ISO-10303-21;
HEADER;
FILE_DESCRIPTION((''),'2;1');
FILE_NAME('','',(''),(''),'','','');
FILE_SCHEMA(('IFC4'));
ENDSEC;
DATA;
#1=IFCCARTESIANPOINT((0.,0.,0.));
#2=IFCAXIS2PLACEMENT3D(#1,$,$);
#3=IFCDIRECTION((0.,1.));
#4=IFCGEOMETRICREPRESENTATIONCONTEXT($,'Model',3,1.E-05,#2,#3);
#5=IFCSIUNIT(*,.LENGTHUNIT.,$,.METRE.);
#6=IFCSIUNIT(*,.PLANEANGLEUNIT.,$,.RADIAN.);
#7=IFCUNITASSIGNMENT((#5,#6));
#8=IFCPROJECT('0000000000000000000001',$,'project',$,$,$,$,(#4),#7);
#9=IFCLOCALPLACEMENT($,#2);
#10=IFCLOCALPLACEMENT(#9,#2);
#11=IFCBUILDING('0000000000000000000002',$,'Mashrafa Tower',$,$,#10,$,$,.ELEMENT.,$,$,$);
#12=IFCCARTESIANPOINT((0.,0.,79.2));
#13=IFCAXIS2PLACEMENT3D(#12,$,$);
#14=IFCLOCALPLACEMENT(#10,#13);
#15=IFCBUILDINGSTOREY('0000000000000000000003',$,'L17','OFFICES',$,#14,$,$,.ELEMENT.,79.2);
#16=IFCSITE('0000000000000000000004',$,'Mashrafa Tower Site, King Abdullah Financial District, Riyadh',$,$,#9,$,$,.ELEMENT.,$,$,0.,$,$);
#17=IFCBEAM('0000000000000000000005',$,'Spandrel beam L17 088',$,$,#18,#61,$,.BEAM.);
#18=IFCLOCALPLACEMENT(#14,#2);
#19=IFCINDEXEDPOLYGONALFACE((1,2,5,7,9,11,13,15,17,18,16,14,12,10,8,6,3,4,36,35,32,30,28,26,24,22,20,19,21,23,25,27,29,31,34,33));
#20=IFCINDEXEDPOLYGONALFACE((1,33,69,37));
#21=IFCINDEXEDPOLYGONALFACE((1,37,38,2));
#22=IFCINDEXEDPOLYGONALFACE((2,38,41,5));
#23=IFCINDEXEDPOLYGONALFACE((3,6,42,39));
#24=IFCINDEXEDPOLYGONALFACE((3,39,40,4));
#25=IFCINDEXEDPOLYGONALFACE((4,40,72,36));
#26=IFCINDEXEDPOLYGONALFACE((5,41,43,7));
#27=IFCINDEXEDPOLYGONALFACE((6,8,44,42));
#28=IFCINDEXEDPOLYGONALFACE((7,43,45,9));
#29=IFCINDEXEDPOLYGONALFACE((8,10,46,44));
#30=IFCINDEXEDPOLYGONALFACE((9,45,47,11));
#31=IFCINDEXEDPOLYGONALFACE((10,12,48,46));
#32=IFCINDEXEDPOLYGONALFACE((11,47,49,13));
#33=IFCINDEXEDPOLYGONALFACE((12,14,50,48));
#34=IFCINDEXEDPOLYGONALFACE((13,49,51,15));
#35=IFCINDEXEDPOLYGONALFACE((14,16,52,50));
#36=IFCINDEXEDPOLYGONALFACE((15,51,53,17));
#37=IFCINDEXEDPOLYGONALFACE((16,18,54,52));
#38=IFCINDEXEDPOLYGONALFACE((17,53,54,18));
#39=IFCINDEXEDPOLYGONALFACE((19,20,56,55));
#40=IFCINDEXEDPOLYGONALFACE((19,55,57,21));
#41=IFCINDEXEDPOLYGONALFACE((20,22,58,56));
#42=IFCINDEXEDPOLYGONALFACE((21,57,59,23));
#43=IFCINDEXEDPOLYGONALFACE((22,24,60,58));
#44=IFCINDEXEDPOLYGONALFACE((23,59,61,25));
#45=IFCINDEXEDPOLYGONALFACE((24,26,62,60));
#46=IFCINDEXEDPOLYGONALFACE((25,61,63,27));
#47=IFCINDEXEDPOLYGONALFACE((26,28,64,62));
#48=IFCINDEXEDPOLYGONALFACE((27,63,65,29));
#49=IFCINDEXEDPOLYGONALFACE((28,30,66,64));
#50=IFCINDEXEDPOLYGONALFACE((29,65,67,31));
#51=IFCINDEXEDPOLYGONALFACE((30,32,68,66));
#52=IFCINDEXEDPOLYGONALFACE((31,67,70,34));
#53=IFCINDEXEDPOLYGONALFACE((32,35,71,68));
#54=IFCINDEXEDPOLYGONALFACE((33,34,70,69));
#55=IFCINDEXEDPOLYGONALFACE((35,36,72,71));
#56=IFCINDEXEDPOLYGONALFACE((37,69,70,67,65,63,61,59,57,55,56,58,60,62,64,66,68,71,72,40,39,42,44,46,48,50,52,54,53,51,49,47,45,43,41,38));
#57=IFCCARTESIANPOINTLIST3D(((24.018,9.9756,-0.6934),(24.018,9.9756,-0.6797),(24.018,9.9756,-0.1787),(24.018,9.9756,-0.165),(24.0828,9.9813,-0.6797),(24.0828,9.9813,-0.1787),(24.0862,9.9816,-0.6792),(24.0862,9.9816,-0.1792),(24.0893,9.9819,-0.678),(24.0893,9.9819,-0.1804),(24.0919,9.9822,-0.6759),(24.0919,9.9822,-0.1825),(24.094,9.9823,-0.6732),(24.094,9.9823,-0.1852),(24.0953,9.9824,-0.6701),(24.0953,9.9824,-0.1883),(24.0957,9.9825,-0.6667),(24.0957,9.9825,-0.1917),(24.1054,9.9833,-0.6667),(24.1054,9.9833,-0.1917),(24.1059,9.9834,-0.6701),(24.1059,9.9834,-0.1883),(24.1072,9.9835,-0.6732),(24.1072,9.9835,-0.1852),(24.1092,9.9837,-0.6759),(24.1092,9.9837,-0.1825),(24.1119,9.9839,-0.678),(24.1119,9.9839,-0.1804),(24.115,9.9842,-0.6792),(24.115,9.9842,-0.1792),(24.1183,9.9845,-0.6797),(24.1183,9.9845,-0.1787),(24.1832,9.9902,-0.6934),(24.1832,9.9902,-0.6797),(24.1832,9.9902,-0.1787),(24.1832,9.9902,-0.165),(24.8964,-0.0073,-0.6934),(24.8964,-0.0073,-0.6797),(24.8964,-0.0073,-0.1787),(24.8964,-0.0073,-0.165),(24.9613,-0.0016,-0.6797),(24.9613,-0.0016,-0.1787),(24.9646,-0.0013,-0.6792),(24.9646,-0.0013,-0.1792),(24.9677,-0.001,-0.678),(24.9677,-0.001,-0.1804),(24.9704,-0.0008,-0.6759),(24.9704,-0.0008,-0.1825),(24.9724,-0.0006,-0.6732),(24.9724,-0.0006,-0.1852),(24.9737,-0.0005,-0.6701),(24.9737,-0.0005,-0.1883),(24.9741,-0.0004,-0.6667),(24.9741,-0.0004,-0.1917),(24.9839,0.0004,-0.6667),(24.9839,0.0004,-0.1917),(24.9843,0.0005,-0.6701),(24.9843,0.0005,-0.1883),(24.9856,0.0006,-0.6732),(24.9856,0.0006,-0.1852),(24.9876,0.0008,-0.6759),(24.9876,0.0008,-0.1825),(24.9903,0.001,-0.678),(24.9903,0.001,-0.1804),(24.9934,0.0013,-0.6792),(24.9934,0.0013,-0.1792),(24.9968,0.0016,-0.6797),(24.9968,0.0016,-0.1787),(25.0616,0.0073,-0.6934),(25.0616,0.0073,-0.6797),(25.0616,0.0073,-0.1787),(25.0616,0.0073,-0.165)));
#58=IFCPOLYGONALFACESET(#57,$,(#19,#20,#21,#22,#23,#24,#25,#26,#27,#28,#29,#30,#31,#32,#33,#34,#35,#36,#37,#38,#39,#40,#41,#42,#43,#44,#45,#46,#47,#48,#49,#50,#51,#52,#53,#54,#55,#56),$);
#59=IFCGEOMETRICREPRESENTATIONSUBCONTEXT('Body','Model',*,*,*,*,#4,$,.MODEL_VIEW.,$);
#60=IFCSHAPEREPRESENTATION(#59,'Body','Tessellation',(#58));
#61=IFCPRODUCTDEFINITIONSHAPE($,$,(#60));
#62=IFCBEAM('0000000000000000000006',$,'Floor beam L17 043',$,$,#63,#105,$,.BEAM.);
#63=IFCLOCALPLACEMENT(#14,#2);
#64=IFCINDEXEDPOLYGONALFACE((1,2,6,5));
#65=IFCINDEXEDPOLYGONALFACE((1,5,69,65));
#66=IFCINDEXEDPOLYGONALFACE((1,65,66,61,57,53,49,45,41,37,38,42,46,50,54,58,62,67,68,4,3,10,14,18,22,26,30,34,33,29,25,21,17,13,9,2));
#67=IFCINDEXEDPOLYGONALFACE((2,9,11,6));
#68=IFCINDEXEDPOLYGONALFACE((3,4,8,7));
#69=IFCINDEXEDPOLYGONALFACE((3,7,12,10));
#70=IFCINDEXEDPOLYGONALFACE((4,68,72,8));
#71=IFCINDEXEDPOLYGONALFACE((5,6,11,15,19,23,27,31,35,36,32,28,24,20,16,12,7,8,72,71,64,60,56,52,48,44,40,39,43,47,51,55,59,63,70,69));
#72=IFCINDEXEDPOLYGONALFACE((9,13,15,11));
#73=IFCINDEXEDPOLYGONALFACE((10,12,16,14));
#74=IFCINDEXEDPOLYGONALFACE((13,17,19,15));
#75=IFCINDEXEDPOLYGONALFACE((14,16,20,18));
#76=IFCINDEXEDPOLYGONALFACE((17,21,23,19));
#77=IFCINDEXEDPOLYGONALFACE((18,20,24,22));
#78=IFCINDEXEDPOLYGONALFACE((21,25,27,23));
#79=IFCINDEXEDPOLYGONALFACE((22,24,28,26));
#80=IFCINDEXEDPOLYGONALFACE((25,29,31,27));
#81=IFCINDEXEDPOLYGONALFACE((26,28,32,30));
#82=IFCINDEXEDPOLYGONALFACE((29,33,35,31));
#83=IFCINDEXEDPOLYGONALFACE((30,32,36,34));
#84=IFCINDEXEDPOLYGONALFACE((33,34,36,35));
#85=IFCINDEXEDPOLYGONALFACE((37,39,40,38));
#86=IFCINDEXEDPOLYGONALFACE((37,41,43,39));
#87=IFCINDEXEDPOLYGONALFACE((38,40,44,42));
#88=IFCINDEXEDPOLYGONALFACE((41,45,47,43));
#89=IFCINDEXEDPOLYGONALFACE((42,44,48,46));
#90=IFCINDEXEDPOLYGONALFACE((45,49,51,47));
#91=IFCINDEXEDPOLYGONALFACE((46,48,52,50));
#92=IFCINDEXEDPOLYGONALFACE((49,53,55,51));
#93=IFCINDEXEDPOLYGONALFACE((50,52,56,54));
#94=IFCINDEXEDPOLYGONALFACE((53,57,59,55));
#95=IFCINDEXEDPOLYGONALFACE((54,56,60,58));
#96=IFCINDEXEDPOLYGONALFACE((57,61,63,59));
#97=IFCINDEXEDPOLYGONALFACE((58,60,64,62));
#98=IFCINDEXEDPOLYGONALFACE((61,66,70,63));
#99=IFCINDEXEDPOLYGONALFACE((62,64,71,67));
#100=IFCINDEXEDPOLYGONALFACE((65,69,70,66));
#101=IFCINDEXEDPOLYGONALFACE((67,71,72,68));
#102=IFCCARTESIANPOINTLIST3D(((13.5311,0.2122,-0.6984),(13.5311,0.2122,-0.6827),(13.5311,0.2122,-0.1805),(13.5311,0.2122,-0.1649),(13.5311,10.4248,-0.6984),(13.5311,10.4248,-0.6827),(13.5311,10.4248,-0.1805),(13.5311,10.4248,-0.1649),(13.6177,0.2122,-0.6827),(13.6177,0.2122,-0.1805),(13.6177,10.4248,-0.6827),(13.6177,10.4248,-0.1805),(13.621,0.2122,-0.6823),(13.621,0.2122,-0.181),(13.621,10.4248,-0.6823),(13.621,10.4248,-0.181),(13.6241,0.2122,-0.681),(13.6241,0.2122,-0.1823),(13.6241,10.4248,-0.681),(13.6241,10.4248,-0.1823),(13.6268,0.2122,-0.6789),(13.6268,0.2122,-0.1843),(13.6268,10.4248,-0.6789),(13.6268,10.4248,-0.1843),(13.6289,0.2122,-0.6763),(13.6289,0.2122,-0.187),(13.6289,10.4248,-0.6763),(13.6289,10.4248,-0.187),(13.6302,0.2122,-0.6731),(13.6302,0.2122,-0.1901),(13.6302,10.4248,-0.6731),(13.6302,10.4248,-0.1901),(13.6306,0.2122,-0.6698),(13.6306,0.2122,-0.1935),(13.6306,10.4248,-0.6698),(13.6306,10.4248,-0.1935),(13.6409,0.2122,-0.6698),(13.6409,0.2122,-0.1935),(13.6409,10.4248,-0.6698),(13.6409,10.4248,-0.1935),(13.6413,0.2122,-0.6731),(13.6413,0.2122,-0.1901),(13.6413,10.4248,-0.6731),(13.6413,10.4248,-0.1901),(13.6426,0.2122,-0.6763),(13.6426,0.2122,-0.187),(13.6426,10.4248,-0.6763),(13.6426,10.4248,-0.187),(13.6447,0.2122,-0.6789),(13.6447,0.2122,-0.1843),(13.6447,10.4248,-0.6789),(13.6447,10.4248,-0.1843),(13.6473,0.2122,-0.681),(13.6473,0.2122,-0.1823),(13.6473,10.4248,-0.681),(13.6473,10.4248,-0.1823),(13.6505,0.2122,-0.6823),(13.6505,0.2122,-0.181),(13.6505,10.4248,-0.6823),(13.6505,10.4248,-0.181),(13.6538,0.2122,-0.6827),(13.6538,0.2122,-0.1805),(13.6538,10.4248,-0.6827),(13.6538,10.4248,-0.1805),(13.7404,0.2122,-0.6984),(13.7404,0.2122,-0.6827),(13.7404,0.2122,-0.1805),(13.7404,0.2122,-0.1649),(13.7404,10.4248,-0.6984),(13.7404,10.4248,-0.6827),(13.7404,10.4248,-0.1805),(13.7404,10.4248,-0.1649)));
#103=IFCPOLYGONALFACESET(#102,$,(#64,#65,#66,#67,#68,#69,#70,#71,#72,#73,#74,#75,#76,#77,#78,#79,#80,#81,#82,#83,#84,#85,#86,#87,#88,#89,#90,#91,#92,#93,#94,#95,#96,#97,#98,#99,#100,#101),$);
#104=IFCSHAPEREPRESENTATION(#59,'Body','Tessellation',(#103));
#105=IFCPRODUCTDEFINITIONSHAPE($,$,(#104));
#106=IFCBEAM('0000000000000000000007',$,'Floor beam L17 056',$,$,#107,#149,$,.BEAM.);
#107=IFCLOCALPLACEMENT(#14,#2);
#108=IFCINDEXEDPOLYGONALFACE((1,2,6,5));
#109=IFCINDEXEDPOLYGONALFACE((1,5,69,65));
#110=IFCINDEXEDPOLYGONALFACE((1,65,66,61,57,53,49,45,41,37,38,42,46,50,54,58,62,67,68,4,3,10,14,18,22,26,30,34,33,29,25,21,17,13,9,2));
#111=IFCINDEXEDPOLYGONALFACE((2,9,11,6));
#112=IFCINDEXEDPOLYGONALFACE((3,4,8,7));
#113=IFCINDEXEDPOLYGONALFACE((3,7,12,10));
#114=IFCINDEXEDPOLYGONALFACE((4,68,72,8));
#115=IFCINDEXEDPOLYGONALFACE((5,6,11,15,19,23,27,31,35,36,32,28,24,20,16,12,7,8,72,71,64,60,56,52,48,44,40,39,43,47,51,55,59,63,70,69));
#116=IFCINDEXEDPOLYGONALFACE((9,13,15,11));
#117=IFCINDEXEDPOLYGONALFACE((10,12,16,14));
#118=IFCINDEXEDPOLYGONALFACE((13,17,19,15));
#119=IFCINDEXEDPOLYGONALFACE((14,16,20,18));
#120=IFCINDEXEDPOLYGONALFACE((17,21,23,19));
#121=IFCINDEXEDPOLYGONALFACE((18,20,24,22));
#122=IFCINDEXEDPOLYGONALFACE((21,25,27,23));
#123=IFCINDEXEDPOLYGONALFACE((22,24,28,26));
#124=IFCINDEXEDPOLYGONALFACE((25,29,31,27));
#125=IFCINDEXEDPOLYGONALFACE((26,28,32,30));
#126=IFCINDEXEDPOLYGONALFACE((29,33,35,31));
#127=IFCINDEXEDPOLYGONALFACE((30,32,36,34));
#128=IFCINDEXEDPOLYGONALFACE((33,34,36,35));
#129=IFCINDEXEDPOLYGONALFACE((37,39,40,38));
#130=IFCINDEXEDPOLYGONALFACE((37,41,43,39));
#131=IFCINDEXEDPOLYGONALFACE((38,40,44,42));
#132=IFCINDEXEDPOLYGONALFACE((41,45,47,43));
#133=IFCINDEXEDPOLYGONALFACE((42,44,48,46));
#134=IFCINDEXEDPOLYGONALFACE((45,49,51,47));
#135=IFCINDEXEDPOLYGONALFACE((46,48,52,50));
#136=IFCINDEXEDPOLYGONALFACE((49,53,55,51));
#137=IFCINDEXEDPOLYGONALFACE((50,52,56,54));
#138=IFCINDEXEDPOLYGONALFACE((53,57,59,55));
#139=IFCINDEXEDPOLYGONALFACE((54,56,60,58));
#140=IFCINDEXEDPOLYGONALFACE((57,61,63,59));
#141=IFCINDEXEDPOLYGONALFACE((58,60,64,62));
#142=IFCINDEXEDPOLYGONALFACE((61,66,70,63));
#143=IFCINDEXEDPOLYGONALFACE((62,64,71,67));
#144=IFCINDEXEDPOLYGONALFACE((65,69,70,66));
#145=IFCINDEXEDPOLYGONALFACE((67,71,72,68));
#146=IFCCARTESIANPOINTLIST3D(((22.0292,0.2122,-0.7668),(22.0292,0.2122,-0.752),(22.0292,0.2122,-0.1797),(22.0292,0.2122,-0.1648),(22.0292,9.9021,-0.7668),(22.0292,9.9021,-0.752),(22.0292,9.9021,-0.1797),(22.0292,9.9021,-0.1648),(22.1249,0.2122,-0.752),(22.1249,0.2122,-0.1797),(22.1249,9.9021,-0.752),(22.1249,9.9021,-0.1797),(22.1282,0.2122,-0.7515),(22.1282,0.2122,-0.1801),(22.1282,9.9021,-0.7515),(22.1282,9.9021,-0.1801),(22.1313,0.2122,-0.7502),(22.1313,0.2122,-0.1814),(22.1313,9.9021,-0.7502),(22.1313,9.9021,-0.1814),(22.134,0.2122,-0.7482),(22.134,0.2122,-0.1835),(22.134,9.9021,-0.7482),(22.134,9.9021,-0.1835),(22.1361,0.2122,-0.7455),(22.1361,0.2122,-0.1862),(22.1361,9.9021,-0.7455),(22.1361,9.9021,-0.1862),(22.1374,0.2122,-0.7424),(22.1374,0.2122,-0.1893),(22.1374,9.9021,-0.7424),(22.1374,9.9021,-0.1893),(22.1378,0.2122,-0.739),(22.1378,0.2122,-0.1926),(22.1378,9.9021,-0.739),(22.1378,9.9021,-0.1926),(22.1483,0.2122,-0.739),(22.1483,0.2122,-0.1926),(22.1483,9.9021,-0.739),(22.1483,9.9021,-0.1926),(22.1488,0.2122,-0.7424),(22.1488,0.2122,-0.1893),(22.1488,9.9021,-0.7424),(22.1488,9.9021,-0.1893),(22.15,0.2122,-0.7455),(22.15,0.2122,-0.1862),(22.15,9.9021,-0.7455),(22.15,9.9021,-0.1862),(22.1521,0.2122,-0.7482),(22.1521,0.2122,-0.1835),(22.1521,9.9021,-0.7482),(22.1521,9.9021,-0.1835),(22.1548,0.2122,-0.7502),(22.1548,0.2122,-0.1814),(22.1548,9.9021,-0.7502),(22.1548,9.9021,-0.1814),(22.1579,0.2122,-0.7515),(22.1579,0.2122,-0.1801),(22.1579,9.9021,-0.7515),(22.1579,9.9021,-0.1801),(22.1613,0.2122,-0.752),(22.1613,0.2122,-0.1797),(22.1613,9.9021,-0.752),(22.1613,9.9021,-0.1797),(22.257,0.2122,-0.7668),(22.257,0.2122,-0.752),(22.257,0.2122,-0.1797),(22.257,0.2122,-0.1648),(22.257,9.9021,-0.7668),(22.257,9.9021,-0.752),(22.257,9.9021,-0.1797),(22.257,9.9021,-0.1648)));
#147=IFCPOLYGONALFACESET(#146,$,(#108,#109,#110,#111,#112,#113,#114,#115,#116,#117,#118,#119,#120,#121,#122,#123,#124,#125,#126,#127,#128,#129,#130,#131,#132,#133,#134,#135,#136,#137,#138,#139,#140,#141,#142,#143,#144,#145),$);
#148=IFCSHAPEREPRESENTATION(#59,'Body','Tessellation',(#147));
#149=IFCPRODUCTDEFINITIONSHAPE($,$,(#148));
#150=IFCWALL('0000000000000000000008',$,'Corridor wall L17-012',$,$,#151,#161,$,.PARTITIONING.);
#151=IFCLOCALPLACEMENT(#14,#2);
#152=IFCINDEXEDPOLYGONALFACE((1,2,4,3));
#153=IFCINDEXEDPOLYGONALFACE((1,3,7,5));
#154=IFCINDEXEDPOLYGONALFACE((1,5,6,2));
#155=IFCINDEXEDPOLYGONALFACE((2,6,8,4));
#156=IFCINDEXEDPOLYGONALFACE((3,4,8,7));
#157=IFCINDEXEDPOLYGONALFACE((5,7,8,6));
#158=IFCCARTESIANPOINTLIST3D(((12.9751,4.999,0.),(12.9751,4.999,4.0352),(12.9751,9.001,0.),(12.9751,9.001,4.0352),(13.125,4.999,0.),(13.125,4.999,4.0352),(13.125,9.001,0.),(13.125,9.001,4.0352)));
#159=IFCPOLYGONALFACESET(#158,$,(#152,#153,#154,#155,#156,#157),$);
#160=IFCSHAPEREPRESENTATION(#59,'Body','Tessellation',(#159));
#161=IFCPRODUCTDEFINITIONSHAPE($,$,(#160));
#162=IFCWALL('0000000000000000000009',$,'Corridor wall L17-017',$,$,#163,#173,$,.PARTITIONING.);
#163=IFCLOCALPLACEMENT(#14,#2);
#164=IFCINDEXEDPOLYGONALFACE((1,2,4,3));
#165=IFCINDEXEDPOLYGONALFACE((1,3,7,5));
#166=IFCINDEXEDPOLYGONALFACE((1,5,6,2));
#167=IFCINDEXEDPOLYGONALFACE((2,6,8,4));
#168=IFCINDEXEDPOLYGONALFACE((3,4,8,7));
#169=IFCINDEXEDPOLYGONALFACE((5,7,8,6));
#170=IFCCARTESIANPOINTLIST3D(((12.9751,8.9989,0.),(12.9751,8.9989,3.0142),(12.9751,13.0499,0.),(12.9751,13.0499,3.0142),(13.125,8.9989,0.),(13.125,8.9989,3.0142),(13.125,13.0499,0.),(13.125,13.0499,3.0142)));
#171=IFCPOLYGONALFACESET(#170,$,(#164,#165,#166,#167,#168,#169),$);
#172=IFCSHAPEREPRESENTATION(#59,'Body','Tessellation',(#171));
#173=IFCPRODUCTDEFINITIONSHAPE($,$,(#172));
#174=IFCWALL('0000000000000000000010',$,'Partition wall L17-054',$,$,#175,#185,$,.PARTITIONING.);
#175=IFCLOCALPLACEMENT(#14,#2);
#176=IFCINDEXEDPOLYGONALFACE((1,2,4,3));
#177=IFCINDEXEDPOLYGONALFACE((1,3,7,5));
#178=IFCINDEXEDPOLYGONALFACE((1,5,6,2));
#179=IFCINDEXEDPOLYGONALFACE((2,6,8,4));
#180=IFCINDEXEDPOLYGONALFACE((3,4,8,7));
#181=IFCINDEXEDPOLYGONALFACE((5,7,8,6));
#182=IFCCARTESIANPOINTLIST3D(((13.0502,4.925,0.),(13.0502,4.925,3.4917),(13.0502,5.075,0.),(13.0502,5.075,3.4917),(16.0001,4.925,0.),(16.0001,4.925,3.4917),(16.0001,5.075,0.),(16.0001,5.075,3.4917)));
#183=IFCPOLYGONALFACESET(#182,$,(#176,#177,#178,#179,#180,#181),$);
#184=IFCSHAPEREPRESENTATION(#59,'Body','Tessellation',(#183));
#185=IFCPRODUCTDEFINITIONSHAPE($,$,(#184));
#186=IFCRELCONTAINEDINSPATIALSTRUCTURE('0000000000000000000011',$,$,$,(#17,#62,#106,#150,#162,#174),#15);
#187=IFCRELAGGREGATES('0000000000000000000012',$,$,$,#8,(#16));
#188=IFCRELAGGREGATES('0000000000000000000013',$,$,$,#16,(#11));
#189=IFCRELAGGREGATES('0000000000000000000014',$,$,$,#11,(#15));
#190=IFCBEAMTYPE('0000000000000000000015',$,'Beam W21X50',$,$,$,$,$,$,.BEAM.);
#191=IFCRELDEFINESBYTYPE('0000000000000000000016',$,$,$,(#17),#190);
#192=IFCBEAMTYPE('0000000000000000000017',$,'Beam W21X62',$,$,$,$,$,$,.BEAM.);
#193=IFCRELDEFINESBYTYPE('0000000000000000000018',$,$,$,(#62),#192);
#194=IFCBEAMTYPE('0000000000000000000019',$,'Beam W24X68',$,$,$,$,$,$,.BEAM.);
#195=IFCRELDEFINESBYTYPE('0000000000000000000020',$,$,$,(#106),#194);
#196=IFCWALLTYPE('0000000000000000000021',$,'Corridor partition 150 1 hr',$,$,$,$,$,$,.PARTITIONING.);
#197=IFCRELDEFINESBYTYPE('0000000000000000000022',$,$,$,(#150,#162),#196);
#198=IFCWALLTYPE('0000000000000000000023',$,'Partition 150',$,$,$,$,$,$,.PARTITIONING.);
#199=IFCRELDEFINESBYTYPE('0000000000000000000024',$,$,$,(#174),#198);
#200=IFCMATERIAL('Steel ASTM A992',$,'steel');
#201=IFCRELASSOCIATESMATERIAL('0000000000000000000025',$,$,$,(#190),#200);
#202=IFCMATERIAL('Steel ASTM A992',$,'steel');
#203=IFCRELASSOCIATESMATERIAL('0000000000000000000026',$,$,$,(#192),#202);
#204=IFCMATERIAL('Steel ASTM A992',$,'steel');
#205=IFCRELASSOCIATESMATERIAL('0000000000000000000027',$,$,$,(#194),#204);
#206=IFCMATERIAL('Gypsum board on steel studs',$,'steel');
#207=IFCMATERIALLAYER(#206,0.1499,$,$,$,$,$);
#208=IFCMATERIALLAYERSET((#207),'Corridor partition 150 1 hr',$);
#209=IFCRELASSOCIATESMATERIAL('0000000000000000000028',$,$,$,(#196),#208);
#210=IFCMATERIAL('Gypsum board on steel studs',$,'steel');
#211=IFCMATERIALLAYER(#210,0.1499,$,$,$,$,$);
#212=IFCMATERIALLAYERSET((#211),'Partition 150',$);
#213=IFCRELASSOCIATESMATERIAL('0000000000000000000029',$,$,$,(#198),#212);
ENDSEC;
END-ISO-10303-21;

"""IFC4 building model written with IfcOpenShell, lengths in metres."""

from ifc_helpers import new_model, si_unit, direction, frame, frame_2d, origin, origin_2d, place, context, subcontext, project, spatial, rectangle, i_section, extrude, material, layer, layer_set, material_profile, profile_set, type_object, element, save


model = new_model("IFC4")

# Units and contexts
model_context = context("Model", 3, precision=1e-05, world=origin(), true_north=direction((0.0, 1.0)))
body_context = subcontext(model_context, "Body", "Model", "MODEL_VIEW")
ifc_project = project(units=[si_unit("LENGTHUNIT", "METRE"), si_unit("PLANEANGLEUNIT", "RADIAN")], contexts=[model_context])

# Site, building, storey
site_placement = place(None, origin())
site = spatial("IfcSite", under=ifc_project, at=site_placement, Name="Mashrafa Tower Site, King Abdullah Financial District, Riyadh", CompositionType="ELEMENT", RefElevation=0.0)
building_placement = place(site_placement, origin())
building = spatial("IfcBuilding", under=site, at=building_placement, Name="Mashrafa Tower", CompositionType="ELEMENT")
storey_placement = place(building_placement, frame((0.0, 0.0, 79.2)))
storey = spatial("IfcBuildingStorey", under=building, at=storey_placement, Name="L17", Description="OFFICES", CompositionType="ELEMENT", Elevation=79.2)

# Beams
ifc_material_1 = material(Name="Steel ASTM A992", Category="steel")
ifc_material_profile_1 = material_profile(ifc_material_1, i_section(OverallWidth=0.1658, OverallDepth=0.5283, WebThickness=0.0098, FlangeThickness=0.0137, FilletRadius=0.0129, at=origin_2d()), Name="W21X50")
ifc_profile_set_1 = profile_set([ifc_material_profile_1], Name="Steel ASTM A992")
beam_type_1 = type_object("IfcBeamType", Name="Beam W21X50", PredefinedType="BEAM", material=ifc_profile_set_1)
beam_1_placement = place(storey_placement, frame((24.979, 0.0, -0.4292), z_axis=(-0.087653, 0.996151, 0.0), x_axis=(-0.996151, -0.087653, 0.0)))
element("IfcBeam", 1, at=beam_1_placement, inside=storey, type_object=beam_type_1, Name="Spandrel beam L17 088", PredefinedType="BEAM", context=body_context, shape_type="SweptSolid", body=[
    extrude(i_section(OverallWidth=0.1658, OverallDepth=0.5283, WebThickness=0.0098, FlangeThickness=0.0137, FilletRadius=0.0129, at=origin_2d()), origin(), (0.0, 0.0, 1.0), 10.0215),
])
ifc_material_2 = material(Name="Steel ASTM A992", Category="steel")
ifc_material_profile_2 = material_profile(ifc_material_2, i_section(OverallWidth=0.2092, OverallDepth=0.5334, WebThickness=0.0103, FlangeThickness=0.0156, FilletRadius=0.0129, at=origin_2d()), Name="W21X62")
ifc_profile_set_2 = profile_set([ifc_material_profile_2], Name="Steel ASTM A992")
beam_type_2 = type_object("IfcBeamType", Name="Beam W21X62", PredefinedType="BEAM", material=ifc_profile_set_2)
beam_2_placement = place(storey_placement, frame((13.6357, 10.4248, -0.4316), z_axis=(0.0, -1.0, 0.0), x_axis=(1.0, 0.0, 0.0)))
element("IfcBeam", 2, at=beam_2_placement, inside=storey, type_object=beam_type_2, Name="Floor beam L17 043", PredefinedType="BEAM", context=body_context, shape_type="SweptSolid", body=[
    extrude(i_section(OverallWidth=0.2092, OverallDepth=0.5334, WebThickness=0.0103, FlangeThickness=0.0156, FilletRadius=0.0129, at=origin_2d()), origin(), (0.0, 0.0, 1.0), 10.2126),
])
ifc_material_3 = material(Name="Steel ASTM A992", Category="steel")
ifc_material_profile_3 = material_profile(ifc_material_3, i_section(OverallWidth=0.2278, OverallDepth=0.6021, WebThickness=0.0105, FlangeThickness=0.0149, FilletRadius=0.0129, at=origin_2d()), Name="W24X68")
ifc_profile_set_3 = profile_set([ifc_material_profile_3], Name="Steel ASTM A992")
beam_type_3 = type_object("IfcBeamType", Name="Beam W24X68", PredefinedType="BEAM", material=ifc_profile_set_3)
beam_3_placement = place(storey_placement, frame((22.1431, 9.9021, -0.4658), z_axis=(0.0, -1.0, 0.0), x_axis=(1.0, 0.0, 0.0)))
element("IfcBeam", 3, at=beam_3_placement, inside=storey, type_object=beam_type_3, Name="Floor beam L17 056", PredefinedType="BEAM", context=body_context, shape_type="SweptSolid", body=[
    extrude(i_section(OverallWidth=0.2278, OverallDepth=0.6021, WebThickness=0.0105, FlangeThickness=0.0149, FilletRadius=0.0129, at=origin_2d()), origin(), (0.0, 0.0, 1.0), 9.6899),
])

# Walls
ifc_material_4 = material(Name="Gypsum board on steel studs", Category="steel")
ifc_layer_1 = layer(ifc_material_4, 0.1499)
ifc_layer_set_1 = layer_set([ifc_layer_1], Name="Corridor partition 150 1 hr")
wall_type_1 = type_object("IfcWallType", Name="Corridor partition 150 1 hr", PredefinedType="PARTITIONING", material=ifc_layer_set_1)
wall_1_placement = place(storey_placement, frame((13.05, 4.999, 0.0), z_axis=(0.0, 0.0, 1.0), x_axis=(0.0, 1.0, 0.0)))
element("IfcWall", 4, at=wall_1_placement, inside=storey, type_object=wall_type_1, Name="Corridor wall L17-012", PredefinedType="PARTITIONING", context=body_context, shape_type="SweptSolid", body=[
    extrude(rectangle(XDim=4.002, YDim=0.1499, at=frame_2d((2.001, 0.0))), origin(), (0.0, 0.0, 1.0), 4.0352),
])
wall_2_placement = place(storey_placement, frame((13.05, 8.999, 0.0), z_axis=(0.0, 0.0, 1.0), x_axis=(0.0, 1.0, 0.0)))
element("IfcWall", 5, at=wall_2_placement, inside=storey, type_object=wall_type_1, Name="Corridor wall L17-017", PredefinedType="PARTITIONING", context=body_context, shape_type="SweptSolid", body=[
    extrude(rectangle(XDim=4.051, YDim=0.1499, at=frame_2d((2.0254, 0.0))), origin(), (0.0, 0.0, 1.0), 3.0142),
])
ifc_material_5 = material(Name="Gypsum board on steel studs", Category="steel")
ifc_layer_2 = layer(ifc_material_5, 0.1499)
ifc_layer_set_2 = layer_set([ifc_layer_2], Name="Partition 150")
wall_type_2 = type_object("IfcWallType", Name="Partition 150", PredefinedType="PARTITIONING", material=ifc_layer_set_2)
wall_3_placement = place(storey_placement, frame((13.05, 5.0, 0.0), z_axis=(0.0, 0.0, 1.0), x_axis=(1.0, 0.0, 0.0)))
element("IfcWall", 6, at=wall_3_placement, inside=storey, type_object=wall_type_2, Name="Partition wall L17-054", PredefinedType="PARTITIONING", context=body_context, shape_type="SweptSolid", body=[
    extrude(rectangle(XDim=2.95, YDim=0.1499, at=frame_2d((1.4751, 0.0))), origin(), (0.0, 0.0, 1.0), 3.4917),
])

save(model, "model.ifc")
